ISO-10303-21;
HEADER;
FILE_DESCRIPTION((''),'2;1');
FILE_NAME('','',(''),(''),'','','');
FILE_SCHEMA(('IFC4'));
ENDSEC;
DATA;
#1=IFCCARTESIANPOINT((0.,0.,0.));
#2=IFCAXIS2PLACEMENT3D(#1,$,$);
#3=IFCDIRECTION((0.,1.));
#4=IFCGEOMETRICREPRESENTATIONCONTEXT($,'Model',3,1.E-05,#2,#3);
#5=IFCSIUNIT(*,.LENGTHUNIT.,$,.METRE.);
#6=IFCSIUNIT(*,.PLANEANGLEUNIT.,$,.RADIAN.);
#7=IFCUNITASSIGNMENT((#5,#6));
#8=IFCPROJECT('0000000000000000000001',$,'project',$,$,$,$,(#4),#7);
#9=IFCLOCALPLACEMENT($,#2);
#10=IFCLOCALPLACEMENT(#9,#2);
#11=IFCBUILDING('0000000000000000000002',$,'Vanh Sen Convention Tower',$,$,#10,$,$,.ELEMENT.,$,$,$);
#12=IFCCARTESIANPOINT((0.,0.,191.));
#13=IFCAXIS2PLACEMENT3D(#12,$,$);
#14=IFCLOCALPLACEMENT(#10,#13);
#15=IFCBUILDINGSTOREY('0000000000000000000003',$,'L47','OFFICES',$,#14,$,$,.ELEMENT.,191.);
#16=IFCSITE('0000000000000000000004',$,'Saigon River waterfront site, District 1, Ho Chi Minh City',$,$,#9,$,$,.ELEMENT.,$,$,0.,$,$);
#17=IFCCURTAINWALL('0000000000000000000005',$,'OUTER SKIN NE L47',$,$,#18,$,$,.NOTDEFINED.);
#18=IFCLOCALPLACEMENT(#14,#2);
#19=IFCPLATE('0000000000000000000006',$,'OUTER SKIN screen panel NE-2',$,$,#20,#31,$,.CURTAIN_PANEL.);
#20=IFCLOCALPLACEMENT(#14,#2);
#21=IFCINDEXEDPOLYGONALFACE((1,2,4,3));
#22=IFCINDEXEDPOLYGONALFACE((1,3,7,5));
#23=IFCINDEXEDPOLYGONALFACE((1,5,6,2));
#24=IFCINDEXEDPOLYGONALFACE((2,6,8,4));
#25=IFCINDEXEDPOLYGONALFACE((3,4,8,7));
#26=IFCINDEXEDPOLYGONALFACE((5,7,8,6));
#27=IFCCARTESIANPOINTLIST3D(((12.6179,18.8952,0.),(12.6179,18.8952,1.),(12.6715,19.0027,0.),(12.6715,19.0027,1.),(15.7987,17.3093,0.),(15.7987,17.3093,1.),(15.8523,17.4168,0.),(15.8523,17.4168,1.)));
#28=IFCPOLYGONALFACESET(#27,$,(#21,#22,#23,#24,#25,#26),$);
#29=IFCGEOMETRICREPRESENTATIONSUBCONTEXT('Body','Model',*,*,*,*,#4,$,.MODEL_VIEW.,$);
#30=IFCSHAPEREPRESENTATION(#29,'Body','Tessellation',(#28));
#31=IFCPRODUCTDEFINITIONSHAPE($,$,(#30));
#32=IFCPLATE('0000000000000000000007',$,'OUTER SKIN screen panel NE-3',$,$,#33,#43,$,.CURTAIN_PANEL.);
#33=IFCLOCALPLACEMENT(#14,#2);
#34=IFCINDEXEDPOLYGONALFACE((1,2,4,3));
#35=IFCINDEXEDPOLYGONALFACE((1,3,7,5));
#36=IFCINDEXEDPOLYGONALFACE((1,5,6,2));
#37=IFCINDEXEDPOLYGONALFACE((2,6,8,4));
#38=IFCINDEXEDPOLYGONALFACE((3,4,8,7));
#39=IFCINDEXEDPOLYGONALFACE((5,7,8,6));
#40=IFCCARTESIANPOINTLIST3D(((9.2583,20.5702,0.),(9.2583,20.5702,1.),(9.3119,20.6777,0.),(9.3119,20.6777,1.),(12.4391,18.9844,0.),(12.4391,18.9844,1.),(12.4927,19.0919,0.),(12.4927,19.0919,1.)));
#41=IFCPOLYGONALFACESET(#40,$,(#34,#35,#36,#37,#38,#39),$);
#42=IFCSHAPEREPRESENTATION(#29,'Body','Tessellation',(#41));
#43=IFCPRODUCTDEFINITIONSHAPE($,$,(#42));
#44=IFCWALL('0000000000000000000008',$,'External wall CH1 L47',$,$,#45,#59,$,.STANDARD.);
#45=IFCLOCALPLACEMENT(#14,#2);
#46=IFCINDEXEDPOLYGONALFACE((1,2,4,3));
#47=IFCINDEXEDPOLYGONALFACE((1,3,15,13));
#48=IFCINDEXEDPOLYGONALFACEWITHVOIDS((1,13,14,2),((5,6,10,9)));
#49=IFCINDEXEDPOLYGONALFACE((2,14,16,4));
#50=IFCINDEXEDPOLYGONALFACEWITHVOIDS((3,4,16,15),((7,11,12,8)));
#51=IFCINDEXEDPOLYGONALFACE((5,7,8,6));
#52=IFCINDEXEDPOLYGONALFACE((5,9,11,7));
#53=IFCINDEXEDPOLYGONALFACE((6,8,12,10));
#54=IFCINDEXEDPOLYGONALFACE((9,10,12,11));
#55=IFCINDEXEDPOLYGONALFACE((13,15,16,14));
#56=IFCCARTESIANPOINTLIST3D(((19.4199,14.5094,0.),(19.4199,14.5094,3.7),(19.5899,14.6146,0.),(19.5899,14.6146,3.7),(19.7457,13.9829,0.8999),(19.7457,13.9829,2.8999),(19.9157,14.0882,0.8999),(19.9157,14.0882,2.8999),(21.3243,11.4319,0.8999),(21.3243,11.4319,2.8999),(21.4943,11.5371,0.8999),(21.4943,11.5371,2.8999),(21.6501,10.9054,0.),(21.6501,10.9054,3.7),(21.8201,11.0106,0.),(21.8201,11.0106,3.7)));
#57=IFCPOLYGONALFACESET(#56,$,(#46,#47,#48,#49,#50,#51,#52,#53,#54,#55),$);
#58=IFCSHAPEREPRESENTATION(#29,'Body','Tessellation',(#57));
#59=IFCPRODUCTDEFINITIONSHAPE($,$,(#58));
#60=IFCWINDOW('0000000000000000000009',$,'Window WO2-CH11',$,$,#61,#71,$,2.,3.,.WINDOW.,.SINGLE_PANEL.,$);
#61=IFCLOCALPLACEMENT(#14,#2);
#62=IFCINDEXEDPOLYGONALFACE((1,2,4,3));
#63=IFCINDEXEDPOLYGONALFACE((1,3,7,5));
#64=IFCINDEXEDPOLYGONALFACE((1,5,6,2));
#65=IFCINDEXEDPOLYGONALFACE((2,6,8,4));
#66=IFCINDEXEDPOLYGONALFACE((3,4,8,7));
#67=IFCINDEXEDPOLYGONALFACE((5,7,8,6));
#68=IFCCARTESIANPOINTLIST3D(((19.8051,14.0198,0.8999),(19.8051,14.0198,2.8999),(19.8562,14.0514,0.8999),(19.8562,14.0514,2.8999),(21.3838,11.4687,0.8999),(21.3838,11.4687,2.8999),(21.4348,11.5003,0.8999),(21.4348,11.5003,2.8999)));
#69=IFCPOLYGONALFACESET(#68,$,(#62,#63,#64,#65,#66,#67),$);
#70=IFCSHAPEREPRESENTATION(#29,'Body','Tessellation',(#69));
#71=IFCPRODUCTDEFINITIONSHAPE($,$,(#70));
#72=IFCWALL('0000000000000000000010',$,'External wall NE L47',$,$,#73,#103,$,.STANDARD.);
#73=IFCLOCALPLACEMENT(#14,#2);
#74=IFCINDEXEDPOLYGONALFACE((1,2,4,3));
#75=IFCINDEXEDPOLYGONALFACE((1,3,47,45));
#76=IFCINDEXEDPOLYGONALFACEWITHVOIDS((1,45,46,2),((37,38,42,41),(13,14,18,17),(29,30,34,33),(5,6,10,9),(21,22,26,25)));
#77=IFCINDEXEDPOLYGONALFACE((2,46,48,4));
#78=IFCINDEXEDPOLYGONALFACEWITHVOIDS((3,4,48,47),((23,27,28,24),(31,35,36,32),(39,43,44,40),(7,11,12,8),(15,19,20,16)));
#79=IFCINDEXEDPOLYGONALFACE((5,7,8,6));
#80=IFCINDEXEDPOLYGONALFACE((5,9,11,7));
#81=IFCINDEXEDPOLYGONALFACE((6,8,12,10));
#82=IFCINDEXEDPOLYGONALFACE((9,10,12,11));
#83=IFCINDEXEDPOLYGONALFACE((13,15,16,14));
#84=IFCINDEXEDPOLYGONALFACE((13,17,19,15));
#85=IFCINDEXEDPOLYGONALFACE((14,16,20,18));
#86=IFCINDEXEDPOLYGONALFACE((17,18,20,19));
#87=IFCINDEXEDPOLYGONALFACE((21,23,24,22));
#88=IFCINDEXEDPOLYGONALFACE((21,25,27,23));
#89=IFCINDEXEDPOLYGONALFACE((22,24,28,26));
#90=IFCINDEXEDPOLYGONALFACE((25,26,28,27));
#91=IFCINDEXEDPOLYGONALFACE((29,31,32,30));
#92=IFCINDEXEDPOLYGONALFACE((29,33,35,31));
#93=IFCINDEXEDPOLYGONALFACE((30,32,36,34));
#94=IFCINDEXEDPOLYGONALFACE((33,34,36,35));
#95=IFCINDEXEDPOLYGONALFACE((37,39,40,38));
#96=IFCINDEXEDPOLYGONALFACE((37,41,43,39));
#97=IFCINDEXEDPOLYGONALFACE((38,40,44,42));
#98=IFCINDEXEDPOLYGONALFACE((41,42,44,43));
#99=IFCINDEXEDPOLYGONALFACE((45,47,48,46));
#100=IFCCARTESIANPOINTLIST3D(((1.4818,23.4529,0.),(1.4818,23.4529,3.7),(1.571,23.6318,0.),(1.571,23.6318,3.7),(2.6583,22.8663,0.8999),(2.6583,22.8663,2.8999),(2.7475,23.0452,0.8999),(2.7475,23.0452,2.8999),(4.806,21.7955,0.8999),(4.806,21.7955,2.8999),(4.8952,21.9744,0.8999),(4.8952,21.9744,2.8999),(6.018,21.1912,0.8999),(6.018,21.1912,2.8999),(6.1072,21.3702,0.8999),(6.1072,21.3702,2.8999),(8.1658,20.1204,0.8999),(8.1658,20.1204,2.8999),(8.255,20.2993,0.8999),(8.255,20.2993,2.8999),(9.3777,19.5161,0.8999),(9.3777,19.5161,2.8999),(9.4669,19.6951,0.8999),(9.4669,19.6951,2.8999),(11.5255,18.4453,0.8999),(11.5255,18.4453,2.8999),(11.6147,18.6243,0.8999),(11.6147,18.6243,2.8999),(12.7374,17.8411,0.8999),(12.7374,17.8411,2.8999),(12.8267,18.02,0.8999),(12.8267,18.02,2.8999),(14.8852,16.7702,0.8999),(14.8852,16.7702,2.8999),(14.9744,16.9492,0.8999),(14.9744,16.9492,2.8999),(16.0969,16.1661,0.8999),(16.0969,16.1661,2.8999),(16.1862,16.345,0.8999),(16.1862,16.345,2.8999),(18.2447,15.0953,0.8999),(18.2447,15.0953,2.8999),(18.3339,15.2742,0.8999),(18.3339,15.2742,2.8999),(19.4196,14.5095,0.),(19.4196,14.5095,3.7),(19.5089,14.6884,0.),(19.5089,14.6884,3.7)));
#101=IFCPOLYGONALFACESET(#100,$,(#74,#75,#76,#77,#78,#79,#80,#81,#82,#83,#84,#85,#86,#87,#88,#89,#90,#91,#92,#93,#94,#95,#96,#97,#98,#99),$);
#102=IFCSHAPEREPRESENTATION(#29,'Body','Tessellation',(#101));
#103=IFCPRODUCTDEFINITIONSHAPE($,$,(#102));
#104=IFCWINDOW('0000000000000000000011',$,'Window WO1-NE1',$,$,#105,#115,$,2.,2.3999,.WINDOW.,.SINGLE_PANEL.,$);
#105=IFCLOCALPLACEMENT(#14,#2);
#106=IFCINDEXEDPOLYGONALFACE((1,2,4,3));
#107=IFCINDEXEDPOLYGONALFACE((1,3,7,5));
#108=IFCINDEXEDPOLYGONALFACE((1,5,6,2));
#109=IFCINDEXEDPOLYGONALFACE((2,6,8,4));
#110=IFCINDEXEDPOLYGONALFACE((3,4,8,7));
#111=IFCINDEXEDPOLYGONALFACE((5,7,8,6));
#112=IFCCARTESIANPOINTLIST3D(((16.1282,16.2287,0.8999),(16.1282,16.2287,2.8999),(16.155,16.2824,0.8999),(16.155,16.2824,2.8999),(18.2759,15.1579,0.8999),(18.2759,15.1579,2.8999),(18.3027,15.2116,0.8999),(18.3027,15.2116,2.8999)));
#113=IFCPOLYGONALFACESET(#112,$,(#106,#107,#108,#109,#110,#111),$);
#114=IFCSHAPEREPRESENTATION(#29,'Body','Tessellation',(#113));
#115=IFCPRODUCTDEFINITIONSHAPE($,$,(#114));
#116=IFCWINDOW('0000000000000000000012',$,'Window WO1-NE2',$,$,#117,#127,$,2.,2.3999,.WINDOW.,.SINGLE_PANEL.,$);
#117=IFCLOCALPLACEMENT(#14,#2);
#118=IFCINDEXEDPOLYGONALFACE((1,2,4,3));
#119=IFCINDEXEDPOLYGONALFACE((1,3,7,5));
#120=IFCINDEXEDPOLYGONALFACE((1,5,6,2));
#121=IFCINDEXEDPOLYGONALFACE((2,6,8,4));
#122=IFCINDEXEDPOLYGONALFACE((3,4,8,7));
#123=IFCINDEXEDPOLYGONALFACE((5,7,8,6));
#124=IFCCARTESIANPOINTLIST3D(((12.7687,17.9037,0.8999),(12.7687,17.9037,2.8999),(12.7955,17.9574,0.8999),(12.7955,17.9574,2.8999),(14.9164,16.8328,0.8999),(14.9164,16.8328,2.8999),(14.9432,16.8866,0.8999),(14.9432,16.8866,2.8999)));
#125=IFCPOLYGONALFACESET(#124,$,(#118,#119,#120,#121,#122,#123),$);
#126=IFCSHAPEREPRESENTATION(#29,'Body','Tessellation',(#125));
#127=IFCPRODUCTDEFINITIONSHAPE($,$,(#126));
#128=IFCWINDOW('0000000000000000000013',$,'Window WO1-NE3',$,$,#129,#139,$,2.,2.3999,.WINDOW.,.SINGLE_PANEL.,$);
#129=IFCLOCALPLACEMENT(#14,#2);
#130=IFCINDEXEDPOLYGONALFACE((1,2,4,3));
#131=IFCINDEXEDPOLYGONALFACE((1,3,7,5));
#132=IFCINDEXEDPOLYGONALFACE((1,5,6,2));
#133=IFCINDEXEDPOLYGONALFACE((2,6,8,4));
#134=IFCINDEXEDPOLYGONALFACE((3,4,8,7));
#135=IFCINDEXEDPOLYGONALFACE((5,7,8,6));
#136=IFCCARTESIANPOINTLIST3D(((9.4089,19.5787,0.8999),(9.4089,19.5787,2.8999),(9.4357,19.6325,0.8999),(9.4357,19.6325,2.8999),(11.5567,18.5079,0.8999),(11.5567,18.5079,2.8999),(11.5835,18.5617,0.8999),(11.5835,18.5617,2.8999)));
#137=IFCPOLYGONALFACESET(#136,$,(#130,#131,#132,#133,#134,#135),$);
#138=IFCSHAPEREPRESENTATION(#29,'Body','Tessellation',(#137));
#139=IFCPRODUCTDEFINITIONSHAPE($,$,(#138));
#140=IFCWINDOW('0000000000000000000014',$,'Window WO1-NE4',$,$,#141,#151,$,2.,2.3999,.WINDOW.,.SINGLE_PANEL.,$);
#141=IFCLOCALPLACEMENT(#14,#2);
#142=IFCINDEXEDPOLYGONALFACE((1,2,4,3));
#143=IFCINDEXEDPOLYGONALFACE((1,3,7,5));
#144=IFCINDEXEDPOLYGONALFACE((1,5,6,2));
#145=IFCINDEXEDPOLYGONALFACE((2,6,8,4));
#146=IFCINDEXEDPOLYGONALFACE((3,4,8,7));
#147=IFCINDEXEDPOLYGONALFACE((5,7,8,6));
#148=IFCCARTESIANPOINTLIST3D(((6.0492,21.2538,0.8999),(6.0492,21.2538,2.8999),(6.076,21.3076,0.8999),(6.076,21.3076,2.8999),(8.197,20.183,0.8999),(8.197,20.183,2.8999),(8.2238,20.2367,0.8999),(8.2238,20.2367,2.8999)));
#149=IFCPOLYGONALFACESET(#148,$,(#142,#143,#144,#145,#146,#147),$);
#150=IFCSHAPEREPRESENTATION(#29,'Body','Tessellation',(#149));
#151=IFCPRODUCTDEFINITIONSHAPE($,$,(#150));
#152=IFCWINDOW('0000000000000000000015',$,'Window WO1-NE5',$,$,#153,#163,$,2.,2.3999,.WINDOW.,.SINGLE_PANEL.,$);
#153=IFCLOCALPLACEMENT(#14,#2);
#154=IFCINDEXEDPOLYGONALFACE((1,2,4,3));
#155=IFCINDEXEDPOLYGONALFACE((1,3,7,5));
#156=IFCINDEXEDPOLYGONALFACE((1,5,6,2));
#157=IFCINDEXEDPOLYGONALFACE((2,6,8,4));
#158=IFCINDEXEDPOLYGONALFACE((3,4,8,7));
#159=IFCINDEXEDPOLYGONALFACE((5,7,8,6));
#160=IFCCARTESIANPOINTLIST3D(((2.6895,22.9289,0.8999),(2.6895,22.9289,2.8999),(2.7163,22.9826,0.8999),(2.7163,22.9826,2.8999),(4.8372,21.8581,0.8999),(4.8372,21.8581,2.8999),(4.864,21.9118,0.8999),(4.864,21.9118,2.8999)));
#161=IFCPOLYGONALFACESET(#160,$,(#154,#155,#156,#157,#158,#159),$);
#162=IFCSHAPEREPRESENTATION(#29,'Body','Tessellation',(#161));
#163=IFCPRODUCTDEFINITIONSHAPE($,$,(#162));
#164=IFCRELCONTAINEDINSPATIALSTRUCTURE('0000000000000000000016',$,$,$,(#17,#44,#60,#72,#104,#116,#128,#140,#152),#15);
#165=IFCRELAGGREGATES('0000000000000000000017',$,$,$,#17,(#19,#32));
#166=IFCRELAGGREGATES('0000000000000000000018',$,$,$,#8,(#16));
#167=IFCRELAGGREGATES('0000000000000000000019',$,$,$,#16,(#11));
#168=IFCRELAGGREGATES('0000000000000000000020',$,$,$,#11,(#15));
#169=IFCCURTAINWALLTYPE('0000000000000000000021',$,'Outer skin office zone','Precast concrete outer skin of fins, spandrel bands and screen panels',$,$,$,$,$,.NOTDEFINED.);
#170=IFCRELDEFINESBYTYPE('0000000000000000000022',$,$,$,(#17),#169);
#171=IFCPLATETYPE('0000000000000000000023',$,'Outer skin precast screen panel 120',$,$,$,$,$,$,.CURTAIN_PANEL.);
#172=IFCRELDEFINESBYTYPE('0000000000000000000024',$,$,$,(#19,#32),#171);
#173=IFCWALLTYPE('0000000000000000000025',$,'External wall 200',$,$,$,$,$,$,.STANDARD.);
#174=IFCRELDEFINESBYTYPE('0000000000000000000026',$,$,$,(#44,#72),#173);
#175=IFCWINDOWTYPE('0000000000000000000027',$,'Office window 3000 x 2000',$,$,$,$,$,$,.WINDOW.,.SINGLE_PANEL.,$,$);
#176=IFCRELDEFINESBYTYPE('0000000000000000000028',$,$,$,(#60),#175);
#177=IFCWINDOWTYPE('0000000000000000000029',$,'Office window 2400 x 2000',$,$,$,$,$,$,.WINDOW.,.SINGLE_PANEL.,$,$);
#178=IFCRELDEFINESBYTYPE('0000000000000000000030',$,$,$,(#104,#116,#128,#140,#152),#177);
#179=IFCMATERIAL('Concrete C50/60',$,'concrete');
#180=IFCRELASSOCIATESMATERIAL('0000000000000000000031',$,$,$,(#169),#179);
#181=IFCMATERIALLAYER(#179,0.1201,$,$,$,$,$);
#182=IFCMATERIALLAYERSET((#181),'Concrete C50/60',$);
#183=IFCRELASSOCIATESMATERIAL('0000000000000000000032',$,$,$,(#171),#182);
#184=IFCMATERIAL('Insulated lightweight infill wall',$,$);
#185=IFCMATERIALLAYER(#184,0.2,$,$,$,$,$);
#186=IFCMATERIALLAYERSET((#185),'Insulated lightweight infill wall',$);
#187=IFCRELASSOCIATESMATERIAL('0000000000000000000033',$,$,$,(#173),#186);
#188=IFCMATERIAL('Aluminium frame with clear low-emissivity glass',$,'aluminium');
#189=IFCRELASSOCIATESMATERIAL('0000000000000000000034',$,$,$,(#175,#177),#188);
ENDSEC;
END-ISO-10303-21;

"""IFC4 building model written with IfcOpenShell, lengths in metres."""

from ifc_helpers import new_model, si_unit, direction, frame, frame_2d, origin, origin_2d, place, context, subcontext, project, spatial, rectangle, extrude, material, layer, layer_set, type_object, element, fill, aggregate, save


model = new_model("IFC4")

# Units and contexts
model_context = context("Model", 3, precision=1e-05, world=origin(), true_north=direction((0.0, 1.0)))
body_context = subcontext(model_context, "Body", "Model", "MODEL_VIEW")
ifc_project = project(units=[si_unit("LENGTHUNIT", "METRE"), si_unit("PLANEANGLEUNIT", "RADIAN")], contexts=[model_context])

# Site, building, storey
site_placement = place(None, origin())
site = spatial("IfcSite", under=ifc_project, at=site_placement, Name="Saigon River waterfront site, District 1, Ho Chi Minh City", CompositionType="ELEMENT", RefElevation=0.0)
building_placement = place(site_placement, origin())
building = spatial("IfcBuilding", under=site, at=building_placement, Name="Vanh Sen Convention Tower", CompositionType="ELEMENT")
storey_placement = place(building_placement, frame((0.0, 0.0, 191.0)))
storey = spatial("IfcBuildingStorey", under=building, at=storey_placement, Name="L47", Description="OFFICES", CompositionType="ELEMENT", Elevation=191.0)

# Curtain wall
ifc_material_1 = material(Name="Concrete C50/60", Category="concrete")
curtain_wall_type = type_object("IfcCurtainWallType", Name="Outer skin office zone", Description="Precast concrete outer skin of fins, spandrel bands and screen panels", PredefinedType="NOTDEFINED", material=ifc_material_1)
curtain_wall_1_placement = place(storey_placement, origin())
curtain_wall_1 = element("IfcCurtainWall", 1, at=curtain_wall_1_placement, inside=storey, type_object=curtain_wall_type, Name="OUTER SKIN NE L47", PredefinedType="NOTDEFINED")

# Shared definitions
ifc_layer_1 = layer(ifc_material_1, 0.1201)
ifc_layer_set_1 = layer_set([ifc_layer_1], Name="Concrete C50/60")
plate_type = type_object("IfcPlateType", Name="Outer skin precast screen panel 120", PredefinedType="CURTAIN_PANEL", material=ifc_layer_set_1)

# Plates
plate_1_placement = place(storey_placement, frame((14.2351, 18.156, 0.0), z_axis=(0.0, 0.0, 1.0), x_axis=(-0.894933, 0.446201, 0.0)))
plate_1 = element("IfcPlate", 2, at=plate_1_placement, type_object=plate_type, Name="OUTER SKIN screen panel NE-2", PredefinedType="CURTAIN_PANEL", context=body_context, shape_type="SweptSolid", body=[
    extrude(rectangle(XDim=3.5542, YDim=0.1201, at=origin_2d()), origin(), (0.0, 0.0, 1.0), 1.0),
])
plate_2_placement = place(storey_placement, frame((10.8755, 19.8311, 0.0), z_axis=(0.0, 0.0, 1.0), x_axis=(-0.894933, 0.446201, 0.0)))
plate_2 = element("IfcPlate", 3, at=plate_2_placement, type_object=plate_type, Name="OUTER SKIN screen panel NE-3", PredefinedType="CURTAIN_PANEL", context=body_context, shape_type="SweptSolid", body=[
    extrude(rectangle(XDim=3.5542, YDim=0.1201, at=origin_2d()), origin(), (0.0, 0.0, 1.0), 1.0),
])
aggregate(curtain_wall_1, [plate_1, plate_2])

# Wall, opening, window
ifc_material_2 = material(Name="Insulated lightweight infill wall")
ifc_layer_2 = layer(ifc_material_2, 0.2)
ifc_layer_set_2 = layer_set([ifc_layer_2], Name="Insulated lightweight infill wall")
wall_type = type_object("IfcWallType", Name="External wall 200", PredefinedType="STANDARD", material=ifc_layer_set_2)
wall_1_placement = place(storey_placement, frame((21.7351, 10.958, 0.0), z_axis=(0.0, 0.0, 1.0), x_axis=(-0.526214, 0.850352, 0.0)))
wall_1 = element("IfcWall", 4, at=wall_1_placement, inside=storey, type_object=wall_type, Name="External wall CH1 L47", PredefinedType="STANDARD", context=body_context, shape_type="SweptSolid", body=[
    extrude(rectangle(XDim=4.2383, YDim=0.2, at=frame_2d((2.1191, 0.0))), origin(), (0.0, 0.0, 1.0), 3.7),
])
opening_1_placement = place(wall_1_placement, frame((0.6191, 0.0, 0.8999)))
opening_1 = element("IfcOpeningElement", 5, at=opening_1_placement, cuts=wall_1, PredefinedType="OPENING", context=body_context, shape_type="SweptSolid", body=[
    extrude(rectangle(XDim=3.0, YDim=2.0, at=frame_2d((1.5, 1.0))), frame((0.0, 0.1099, 0.0), z_axis=(0.0, -1.0, 0.0), x_axis=(1.0, 0.0, 0.0)), (0.0, 0.0, 1.0), 0.22),
])
ifc_material_3 = material(Name="Aluminium frame with clear low-emissivity glass", Category="aluminium")
window_type_1 = type_object("IfcWindowType", Name="Office window 3000 x 2000", PartitioningType="SINGLE_PANEL", PredefinedType="WINDOW", material=ifc_material_3)
window_1_placement = place(opening_1_placement, origin())
window_1 = element("IfcWindow", 6, at=window_1_placement, inside=storey, type_object=window_type_1, Name="Window WO2-CH11", OverallHeight=2.0, OverallWidth=3.0, PartitioningType="SINGLE_PANEL", PredefinedType="WINDOW", context=body_context, shape_type="SweptSolid", body=[
    extrude(rectangle(XDim=3.0, YDim=2.0, at=frame_2d((1.5, 1.0))), frame((0.0, 0.03, 0.0), z_axis=(0.0, -1.0, 0.0), x_axis=(1.0, 0.0, 0.0)), (0.0, 0.0, 1.0), 0.0601),
])
fill(opening_1, window_1)

# Wall, openings, windows
wall_2_placement = place(storey_placement, frame((19.4644, 14.5989, 0.0), z_axis=(0.0, 0.0, 1.0), x_axis=(-0.894936, 0.446195, 0.0)))
wall_2 = element("IfcWall", 7, at=wall_2_placement, inside=storey, type_object=wall_type, Name="External wall NE L47", PredefinedType="STANDARD", context=body_context, shape_type="SweptSolid", body=[
    extrude(rectangle(XDim=20.0437, YDim=0.2, at=frame_2d((10.022, 0.0))), origin(), (0.0, 0.0, 1.0), 3.7),
])
opening_2_placement = place(wall_2_placement, frame((1.313, 0.0, 0.8999)))
opening_2 = element("IfcOpeningElement", 8, at=opening_2_placement, cuts=wall_2, PredefinedType="OPENING", context=body_context, shape_type="SweptSolid", body=[
    extrude(rectangle(XDim=2.3999, YDim=2.0, at=frame_2d((1.2, 1.0))), frame((0.0, 0.1099, 0.0), z_axis=(0.0, -1.0, 0.0), x_axis=(1.0, 0.0, 0.0)), (0.0, 0.0, 1.0), 0.22),
])
opening_3_placement = place(wall_2_placement, frame((5.0669, 0.0, 0.8999)))
opening_3 = element("IfcOpeningElement", 9, at=opening_3_placement, cuts=wall_2, PredefinedType="OPENING", context=body_context, shape_type="SweptSolid", body=[
    extrude(rectangle(XDim=2.3999, YDim=2.0, at=frame_2d((1.2, 1.0))), frame((0.0, 0.1099, 0.0), z_axis=(0.0, -1.0, 0.0), x_axis=(1.0, 0.0, 0.0)), (0.0, 0.0, 1.0), 0.22),
])
opening_4_placement = place(wall_2_placement, frame((8.821, 0.0, 0.8999)))
opening_4 = element("IfcOpeningElement", 10, at=opening_4_placement, cuts=wall_2, PredefinedType="OPENING", context=body_context, shape_type="SweptSolid", body=[
    extrude(rectangle(XDim=2.3999, YDim=2.0, at=frame_2d((1.2, 1.0))), frame((0.0, 0.1099, 0.0), z_axis=(0.0, -1.0, 0.0), x_axis=(1.0, 0.0, 0.0)), (0.0, 0.0, 1.0), 0.22),
])
opening_5_placement = place(wall_2_placement, frame((12.5752, 0.0, 0.8999)))
opening_5 = element("IfcOpeningElement", 11, at=opening_5_placement, cuts=wall_2, PredefinedType="OPENING", context=body_context, shape_type="SweptSolid", body=[
    extrude(rectangle(XDim=2.3999, YDim=2.0, at=frame_2d((1.2, 1.0))), frame((0.0, 0.1099, 0.0), z_axis=(0.0, -1.0, 0.0), x_axis=(1.0, 0.0, 0.0)), (0.0, 0.0, 1.0), 0.22),
])
opening_6_placement = place(wall_2_placement, frame((16.3293, 0.0, 0.8999)))
opening_6 = element("IfcOpeningElement", 12, at=opening_6_placement, cuts=wall_2, PredefinedType="OPENING", context=body_context, shape_type="SweptSolid", body=[
    extrude(rectangle(XDim=2.3999, YDim=2.0, at=frame_2d((1.2, 1.0))), frame((0.0, 0.1099, 0.0), z_axis=(0.0, -1.0, 0.0), x_axis=(1.0, 0.0, 0.0)), (0.0, 0.0, 1.0), 0.22),
])
window_type_2 = type_object("IfcWindowType", Name="Office window 2400 x 2000", PartitioningType="SINGLE_PANEL", PredefinedType="WINDOW", material=ifc_material_3)
window_2_placement = place(opening_2_placement, origin())
window_2 = element("IfcWindow", 13, at=window_2_placement, inside=storey, type_object=window_type_2, Name="Window WO1-NE1", OverallHeight=2.0, OverallWidth=2.3999, PartitioningType="SINGLE_PANEL", PredefinedType="WINDOW", context=body_context, shape_type="SweptSolid", body=[
    extrude(rectangle(XDim=2.3999, YDim=2.0, at=frame_2d((1.2, 1.0))), frame((0.0, 0.03, 0.0), z_axis=(0.0, -1.0, 0.0), x_axis=(1.0, 0.0, 0.0)), (0.0, 0.0, 1.0), 0.0601),
])
fill(opening_2, window_2)
window_3_placement = place(opening_3_placement, origin())
window_3 = element("IfcWindow", 14, at=window_3_placement, inside=storey, type_object=window_type_2, Name="Window WO1-NE2", OverallHeight=2.0, OverallWidth=2.3999, PartitioningType="SINGLE_PANEL", PredefinedType="WINDOW", context=body_context, shape_type="SweptSolid", body=[
    extrude(rectangle(XDim=2.3999, YDim=2.0, at=frame_2d((1.2, 1.0))), frame((0.0, 0.03, 0.0), z_axis=(0.0, -1.0, 0.0), x_axis=(1.0, 0.0, 0.0)), (0.0, 0.0, 1.0), 0.0601),
])
fill(opening_3, window_3)
window_4_placement = place(opening_4_placement, origin())
window_4 = element("IfcWindow", 15, at=window_4_placement, inside=storey, type_object=window_type_2, Name="Window WO1-NE3", OverallHeight=2.0, OverallWidth=2.3999, PartitioningType="SINGLE_PANEL", PredefinedType="WINDOW", context=body_context, shape_type="SweptSolid", body=[
    extrude(rectangle(XDim=2.3999, YDim=2.0, at=frame_2d((1.2, 1.0))), frame((0.0, 0.03, 0.0), z_axis=(0.0, -1.0, 0.0), x_axis=(1.0, 0.0, 0.0)), (0.0, 0.0, 1.0), 0.0601),
])
fill(opening_4, window_4)
window_5_placement = place(opening_5_placement, origin())
window_5 = element("IfcWindow", 16, at=window_5_placement, inside=storey, type_object=window_type_2, Name="Window WO1-NE4", OverallHeight=2.0, OverallWidth=2.3999, PartitioningType="SINGLE_PANEL", PredefinedType="WINDOW", context=body_context, shape_type="SweptSolid", body=[
    extrude(rectangle(XDim=2.3999, YDim=2.0, at=frame_2d((1.2, 1.0))), frame((0.0, 0.03, 0.0), z_axis=(0.0, -1.0, 0.0), x_axis=(1.0, 0.0, 0.0)), (0.0, 0.0, 1.0), 0.0601),
])
fill(opening_5, window_5)
window_6_placement = place(opening_6_placement, origin())
window_6 = element("IfcWindow", 17, at=window_6_placement, inside=storey, type_object=window_type_2, Name="Window WO1-NE5", OverallHeight=2.0, OverallWidth=2.3999, PartitioningType="SINGLE_PANEL", PredefinedType="WINDOW", context=body_context, shape_type="SweptSolid", body=[
    extrude(rectangle(XDim=2.3999, YDim=2.0, at=frame_2d((1.2, 1.0))), frame((0.0, 0.03, 0.0), z_axis=(0.0, -1.0, 0.0), x_axis=(1.0, 0.0, 0.0)), (0.0, 0.0, 1.0), 0.0601),
])
fill(opening_6, window_6)

save(model, "model.ifc")
